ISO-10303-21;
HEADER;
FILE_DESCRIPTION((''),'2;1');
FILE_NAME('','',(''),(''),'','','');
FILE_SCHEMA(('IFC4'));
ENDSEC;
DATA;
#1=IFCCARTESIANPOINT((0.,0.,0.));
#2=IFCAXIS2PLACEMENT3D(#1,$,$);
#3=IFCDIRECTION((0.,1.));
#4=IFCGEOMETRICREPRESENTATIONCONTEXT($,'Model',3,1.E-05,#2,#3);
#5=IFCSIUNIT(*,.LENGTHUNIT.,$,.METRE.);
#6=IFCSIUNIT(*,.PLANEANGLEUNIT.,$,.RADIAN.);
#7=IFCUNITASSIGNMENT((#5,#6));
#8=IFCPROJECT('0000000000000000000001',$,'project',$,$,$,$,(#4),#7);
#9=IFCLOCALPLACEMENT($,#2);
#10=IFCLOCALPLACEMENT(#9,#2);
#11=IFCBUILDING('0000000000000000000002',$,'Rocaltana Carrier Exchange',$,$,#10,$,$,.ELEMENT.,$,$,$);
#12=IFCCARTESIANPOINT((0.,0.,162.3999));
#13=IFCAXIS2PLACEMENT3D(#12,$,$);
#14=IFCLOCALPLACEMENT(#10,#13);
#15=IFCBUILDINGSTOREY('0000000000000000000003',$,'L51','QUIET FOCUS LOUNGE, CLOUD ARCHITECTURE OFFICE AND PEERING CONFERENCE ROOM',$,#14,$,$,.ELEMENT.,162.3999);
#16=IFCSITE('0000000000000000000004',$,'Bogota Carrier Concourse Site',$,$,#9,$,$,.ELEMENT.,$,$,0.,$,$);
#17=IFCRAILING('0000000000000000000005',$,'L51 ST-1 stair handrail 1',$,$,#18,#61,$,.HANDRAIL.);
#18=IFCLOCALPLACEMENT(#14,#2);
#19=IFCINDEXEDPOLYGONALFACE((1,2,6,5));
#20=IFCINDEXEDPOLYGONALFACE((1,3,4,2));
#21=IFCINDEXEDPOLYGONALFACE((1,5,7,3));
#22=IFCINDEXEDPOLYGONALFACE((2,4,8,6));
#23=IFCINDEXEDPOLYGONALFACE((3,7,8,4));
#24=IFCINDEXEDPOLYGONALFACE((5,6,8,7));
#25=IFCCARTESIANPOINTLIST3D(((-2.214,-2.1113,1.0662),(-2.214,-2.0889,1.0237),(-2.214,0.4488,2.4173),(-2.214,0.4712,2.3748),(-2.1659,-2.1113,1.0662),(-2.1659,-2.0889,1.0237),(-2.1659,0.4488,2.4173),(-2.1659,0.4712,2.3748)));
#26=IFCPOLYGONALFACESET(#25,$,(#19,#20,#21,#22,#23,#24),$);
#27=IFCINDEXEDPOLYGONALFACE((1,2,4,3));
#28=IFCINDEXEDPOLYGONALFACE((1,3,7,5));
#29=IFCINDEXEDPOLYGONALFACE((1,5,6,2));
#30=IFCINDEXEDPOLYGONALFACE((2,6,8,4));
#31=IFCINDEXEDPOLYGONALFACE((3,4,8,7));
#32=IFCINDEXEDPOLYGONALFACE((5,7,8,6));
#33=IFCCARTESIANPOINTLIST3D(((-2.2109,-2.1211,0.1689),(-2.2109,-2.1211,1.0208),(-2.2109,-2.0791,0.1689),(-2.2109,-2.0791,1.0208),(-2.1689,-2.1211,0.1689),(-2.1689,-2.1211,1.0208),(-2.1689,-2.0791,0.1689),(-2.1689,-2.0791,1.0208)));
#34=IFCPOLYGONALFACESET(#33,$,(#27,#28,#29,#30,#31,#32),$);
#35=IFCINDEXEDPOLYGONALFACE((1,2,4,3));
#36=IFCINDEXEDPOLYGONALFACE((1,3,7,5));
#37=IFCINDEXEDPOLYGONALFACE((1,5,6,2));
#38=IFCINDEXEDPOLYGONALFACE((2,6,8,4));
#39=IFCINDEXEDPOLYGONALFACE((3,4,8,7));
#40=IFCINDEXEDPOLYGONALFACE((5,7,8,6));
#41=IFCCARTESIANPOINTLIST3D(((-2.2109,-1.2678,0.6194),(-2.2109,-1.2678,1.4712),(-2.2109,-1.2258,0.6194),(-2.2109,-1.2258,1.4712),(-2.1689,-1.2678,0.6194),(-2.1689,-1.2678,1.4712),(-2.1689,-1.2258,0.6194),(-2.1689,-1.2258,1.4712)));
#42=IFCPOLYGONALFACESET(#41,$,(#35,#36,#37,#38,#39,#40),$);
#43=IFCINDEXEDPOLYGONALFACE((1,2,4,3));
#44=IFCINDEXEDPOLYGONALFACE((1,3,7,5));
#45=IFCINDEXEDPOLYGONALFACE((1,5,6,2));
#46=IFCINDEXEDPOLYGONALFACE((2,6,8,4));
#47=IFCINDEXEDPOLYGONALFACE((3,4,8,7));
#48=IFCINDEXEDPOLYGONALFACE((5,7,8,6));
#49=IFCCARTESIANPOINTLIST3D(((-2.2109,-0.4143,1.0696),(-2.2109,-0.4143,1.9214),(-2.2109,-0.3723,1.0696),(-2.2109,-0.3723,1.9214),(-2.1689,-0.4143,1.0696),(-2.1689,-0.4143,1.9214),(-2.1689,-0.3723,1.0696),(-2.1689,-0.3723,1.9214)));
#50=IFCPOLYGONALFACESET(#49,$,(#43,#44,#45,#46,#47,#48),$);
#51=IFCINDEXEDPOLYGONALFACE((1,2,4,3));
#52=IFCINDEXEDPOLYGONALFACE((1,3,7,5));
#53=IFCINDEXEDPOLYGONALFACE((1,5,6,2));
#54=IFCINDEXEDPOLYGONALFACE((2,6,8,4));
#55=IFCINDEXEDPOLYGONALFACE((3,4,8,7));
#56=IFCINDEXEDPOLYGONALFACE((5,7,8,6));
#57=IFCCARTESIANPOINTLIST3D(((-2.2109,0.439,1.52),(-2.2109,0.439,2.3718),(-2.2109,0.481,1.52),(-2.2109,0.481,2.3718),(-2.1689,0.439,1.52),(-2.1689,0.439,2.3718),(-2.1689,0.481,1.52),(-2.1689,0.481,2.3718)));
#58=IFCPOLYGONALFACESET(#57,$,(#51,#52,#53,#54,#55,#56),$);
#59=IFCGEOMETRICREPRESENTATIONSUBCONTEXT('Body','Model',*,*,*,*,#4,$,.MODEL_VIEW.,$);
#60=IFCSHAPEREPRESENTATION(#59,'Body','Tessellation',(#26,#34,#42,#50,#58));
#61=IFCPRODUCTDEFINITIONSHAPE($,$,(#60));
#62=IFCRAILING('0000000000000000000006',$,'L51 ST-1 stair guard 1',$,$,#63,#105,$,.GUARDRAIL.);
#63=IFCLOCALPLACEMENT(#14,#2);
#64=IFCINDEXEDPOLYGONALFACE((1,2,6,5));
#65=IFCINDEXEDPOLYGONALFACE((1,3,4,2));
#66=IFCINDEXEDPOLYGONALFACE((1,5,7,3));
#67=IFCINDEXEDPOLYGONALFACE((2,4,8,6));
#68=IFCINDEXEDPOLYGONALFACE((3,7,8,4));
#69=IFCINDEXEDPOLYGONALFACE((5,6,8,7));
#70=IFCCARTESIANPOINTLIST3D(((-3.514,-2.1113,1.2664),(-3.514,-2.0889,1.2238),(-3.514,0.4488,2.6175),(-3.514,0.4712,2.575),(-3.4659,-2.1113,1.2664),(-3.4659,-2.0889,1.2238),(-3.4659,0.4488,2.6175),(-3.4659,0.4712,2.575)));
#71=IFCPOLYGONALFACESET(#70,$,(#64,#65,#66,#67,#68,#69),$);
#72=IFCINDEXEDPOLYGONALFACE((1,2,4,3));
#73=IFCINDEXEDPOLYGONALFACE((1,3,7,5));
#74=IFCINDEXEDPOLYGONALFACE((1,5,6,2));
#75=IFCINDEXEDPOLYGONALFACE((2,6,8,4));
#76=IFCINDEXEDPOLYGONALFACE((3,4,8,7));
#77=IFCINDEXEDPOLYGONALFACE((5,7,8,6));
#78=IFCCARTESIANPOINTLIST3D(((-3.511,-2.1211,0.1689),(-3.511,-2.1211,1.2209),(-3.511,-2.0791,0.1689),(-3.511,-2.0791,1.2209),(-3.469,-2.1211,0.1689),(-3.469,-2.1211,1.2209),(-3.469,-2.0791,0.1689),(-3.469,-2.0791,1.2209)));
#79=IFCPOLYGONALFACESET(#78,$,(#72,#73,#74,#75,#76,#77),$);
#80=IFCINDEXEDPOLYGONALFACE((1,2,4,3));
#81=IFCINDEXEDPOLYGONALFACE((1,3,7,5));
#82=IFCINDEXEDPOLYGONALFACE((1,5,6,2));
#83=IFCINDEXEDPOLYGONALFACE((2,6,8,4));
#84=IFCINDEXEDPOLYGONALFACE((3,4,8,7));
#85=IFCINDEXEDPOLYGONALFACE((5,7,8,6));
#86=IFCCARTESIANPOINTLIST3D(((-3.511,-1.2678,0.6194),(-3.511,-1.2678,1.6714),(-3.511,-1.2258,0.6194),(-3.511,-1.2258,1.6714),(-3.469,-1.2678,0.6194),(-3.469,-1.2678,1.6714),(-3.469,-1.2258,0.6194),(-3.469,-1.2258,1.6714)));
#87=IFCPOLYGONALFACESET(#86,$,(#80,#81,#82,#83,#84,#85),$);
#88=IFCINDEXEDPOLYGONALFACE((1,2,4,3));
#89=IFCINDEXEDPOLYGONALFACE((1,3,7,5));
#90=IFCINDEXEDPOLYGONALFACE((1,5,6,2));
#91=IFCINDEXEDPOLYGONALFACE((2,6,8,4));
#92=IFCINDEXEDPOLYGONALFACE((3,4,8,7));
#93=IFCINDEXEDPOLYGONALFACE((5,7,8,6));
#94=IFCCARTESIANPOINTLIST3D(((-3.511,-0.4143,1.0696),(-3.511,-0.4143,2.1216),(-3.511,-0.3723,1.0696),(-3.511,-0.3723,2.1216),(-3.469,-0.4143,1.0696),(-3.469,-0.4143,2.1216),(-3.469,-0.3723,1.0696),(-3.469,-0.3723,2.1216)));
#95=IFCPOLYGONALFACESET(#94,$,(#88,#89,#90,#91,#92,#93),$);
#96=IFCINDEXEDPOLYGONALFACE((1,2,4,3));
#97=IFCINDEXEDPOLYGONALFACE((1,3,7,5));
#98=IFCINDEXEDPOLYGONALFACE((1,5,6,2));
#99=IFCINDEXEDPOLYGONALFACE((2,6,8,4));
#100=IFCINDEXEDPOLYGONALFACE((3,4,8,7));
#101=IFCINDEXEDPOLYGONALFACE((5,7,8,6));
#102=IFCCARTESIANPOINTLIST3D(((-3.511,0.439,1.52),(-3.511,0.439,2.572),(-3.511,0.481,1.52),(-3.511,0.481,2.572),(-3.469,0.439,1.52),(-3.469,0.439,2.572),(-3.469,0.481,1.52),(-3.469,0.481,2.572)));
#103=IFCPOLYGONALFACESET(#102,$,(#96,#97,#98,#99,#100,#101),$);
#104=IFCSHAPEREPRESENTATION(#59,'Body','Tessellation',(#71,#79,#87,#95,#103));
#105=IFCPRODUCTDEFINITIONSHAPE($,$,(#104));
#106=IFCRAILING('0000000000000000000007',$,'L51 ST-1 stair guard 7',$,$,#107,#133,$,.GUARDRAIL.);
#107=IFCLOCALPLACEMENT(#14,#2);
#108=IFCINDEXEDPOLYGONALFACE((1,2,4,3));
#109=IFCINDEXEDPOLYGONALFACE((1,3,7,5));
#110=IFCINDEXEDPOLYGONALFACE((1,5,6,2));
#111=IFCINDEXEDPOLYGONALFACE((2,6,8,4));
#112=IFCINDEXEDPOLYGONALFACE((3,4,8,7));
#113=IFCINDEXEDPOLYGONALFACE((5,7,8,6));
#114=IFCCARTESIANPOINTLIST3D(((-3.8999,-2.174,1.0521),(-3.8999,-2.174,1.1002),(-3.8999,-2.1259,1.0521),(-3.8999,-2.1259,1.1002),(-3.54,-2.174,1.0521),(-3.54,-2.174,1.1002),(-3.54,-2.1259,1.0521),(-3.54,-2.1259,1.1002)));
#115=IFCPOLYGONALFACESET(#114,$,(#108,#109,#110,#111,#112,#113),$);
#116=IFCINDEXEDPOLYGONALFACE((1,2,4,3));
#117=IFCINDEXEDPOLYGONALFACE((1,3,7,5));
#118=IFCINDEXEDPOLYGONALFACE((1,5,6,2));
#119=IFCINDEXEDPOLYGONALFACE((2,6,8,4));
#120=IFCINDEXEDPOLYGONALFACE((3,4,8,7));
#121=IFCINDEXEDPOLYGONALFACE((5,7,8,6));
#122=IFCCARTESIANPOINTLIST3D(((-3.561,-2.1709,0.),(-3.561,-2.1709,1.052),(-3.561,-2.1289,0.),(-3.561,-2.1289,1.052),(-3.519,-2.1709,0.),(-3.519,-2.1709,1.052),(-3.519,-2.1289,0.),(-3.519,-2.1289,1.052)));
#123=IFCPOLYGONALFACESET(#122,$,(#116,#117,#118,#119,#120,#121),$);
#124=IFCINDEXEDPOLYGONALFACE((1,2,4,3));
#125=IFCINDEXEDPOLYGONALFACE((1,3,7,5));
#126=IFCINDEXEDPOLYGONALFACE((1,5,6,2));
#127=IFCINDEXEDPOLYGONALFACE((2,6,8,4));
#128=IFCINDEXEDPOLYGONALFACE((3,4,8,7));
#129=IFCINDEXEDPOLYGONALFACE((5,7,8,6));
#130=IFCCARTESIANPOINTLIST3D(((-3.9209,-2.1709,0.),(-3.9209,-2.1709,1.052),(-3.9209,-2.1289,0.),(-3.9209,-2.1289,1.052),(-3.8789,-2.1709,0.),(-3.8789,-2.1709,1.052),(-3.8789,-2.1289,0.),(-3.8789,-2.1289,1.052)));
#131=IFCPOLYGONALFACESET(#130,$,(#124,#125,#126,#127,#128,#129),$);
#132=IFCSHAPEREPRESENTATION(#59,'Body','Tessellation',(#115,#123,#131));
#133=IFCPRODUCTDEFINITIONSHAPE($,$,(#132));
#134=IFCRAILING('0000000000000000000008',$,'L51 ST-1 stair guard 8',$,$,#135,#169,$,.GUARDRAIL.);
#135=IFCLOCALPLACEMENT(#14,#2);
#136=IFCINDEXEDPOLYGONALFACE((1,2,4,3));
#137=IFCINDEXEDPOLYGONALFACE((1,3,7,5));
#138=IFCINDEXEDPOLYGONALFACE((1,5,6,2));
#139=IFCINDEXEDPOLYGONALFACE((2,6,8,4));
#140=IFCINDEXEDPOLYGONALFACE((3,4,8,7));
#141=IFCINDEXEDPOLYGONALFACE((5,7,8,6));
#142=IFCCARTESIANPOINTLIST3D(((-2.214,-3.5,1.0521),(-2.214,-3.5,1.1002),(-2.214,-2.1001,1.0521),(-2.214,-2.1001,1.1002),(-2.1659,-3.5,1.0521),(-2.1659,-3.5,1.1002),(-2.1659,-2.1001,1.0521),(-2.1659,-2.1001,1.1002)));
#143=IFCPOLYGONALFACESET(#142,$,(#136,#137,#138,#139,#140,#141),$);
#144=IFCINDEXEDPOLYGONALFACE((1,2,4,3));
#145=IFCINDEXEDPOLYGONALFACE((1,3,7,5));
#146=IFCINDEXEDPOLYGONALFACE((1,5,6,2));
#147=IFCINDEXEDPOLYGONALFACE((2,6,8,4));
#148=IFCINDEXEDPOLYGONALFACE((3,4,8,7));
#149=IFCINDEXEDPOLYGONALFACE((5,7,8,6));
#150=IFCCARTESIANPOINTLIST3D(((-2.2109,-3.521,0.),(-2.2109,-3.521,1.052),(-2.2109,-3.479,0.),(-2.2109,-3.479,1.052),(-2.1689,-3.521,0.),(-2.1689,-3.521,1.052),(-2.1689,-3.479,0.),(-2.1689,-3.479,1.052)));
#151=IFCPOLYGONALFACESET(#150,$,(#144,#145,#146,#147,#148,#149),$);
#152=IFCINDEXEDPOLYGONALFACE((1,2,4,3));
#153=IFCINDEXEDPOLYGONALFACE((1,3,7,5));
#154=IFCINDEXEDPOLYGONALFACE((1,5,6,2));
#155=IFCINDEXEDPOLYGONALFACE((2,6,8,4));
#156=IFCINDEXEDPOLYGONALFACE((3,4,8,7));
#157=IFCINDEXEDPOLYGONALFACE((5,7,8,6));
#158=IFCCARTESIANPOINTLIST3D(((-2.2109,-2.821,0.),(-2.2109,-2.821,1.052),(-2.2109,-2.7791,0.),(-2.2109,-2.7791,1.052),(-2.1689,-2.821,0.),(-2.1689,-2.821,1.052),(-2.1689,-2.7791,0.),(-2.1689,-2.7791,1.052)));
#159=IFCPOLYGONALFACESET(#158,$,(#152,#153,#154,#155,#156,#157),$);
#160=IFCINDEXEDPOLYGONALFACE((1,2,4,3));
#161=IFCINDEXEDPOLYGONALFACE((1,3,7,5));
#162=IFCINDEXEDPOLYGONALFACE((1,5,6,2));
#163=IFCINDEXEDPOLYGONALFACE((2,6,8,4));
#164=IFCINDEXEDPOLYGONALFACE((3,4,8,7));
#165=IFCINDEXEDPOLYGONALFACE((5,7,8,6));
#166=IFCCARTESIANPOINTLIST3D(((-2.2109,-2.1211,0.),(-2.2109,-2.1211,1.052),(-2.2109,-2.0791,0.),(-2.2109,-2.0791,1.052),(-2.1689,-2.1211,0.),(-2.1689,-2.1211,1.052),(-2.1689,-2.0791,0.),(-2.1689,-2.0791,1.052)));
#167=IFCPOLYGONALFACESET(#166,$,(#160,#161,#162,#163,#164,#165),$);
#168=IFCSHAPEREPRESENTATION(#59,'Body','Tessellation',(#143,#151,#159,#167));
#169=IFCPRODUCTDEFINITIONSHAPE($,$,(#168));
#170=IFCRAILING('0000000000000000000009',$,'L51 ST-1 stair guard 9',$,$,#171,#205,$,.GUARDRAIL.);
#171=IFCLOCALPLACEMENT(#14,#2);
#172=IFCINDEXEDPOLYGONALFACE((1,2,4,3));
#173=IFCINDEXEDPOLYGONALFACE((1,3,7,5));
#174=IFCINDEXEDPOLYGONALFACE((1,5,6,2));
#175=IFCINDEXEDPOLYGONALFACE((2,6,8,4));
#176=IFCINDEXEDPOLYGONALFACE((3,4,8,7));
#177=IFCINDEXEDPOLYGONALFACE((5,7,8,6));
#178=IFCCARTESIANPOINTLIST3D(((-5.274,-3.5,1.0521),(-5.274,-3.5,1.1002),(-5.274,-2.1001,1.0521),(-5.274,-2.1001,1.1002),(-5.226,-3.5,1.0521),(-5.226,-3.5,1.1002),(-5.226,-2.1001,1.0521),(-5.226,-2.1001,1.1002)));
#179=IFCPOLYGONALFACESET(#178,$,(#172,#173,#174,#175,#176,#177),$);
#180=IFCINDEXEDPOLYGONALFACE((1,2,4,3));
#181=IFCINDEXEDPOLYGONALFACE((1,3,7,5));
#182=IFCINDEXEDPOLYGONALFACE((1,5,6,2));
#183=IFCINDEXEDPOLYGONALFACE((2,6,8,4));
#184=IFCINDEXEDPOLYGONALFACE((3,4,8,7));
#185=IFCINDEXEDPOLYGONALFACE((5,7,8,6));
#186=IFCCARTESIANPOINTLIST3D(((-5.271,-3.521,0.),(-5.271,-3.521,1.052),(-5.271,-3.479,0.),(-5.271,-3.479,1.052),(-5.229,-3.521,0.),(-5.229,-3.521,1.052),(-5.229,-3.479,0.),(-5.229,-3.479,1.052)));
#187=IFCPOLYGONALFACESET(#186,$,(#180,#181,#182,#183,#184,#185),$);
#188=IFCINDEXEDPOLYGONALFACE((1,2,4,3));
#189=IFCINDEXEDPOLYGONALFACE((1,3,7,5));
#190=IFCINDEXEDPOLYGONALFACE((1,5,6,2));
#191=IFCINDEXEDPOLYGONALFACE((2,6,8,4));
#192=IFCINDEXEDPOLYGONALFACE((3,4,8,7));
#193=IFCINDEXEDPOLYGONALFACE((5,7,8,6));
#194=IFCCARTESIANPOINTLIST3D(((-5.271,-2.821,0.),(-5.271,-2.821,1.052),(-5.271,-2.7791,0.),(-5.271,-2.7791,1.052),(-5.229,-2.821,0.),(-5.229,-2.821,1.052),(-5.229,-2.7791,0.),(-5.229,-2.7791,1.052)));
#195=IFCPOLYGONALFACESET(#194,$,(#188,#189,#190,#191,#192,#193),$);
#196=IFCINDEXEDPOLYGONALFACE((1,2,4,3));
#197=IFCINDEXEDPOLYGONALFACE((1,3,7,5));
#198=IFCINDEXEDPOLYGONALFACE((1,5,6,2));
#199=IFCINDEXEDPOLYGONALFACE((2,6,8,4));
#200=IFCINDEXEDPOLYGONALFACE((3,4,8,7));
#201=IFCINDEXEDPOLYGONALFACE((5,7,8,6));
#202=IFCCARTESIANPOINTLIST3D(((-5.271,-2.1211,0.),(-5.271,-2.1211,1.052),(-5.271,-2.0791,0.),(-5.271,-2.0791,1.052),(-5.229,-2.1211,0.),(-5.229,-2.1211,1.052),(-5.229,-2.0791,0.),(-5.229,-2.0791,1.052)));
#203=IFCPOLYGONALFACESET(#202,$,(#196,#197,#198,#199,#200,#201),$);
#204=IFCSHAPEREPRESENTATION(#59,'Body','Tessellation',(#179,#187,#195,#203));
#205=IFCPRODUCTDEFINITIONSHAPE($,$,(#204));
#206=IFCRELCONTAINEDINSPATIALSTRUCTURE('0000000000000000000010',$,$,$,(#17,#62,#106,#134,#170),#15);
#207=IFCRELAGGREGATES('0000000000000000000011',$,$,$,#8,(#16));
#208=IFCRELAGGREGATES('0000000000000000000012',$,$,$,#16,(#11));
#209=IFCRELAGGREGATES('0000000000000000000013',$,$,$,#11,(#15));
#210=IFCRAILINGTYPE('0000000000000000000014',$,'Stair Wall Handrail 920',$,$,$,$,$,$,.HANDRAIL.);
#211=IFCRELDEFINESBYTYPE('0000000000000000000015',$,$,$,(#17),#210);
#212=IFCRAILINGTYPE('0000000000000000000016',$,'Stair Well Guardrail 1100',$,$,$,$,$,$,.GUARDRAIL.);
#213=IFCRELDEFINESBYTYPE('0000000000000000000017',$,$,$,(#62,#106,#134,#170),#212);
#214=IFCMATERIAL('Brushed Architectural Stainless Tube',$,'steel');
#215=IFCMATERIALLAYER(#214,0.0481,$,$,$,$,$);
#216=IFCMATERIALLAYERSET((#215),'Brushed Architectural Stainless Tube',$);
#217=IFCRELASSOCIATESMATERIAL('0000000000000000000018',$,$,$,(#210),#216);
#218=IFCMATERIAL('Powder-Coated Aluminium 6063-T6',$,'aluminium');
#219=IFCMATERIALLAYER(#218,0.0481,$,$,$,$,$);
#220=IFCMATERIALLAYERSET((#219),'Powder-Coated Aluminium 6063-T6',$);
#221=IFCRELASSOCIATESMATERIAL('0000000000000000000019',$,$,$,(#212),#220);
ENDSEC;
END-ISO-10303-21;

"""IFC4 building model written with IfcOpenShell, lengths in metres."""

from ifc_helpers import new_model, si_unit, direction, frame, origin, origin_2d, place, context, subcontext, project, spatial, rectangle, extrude, material, layer, layer_set, type_object, element, save


model = new_model("IFC4")

# Units and contexts
model_context = context("Model", 3, precision=1e-05, world=origin(), true_north=direction((0.0, 1.0)))
body_context = subcontext(model_context, "Body", "Model", "MODEL_VIEW")
ifc_project = project(units=[si_unit("LENGTHUNIT", "METRE"), si_unit("PLANEANGLEUNIT", "RADIAN")], contexts=[model_context])

# Site, building, storey
site_placement = place(None, origin())
site = spatial("IfcSite", under=ifc_project, at=site_placement, Name="Bogota Carrier Concourse Site", CompositionType="ELEMENT", RefElevation=0.0)
building_placement = place(site_placement, origin())
building = spatial("IfcBuilding", under=site, at=building_placement, Name="Rocaltana Carrier Exchange", CompositionType="ELEMENT")
storey_placement = place(building_placement, frame((0.0, 0.0, 162.3999)))
storey = spatial("IfcBuildingStorey", under=building, at=storey_placement, Name="L51", Description="QUIET FOCUS LOUNGE, CLOUD ARCHITECTURE OFFICE AND PEERING CONFERENCE ROOM", CompositionType="ELEMENT", Elevation=162.3999)

# Railings
ifc_material_1 = material(Name="Brushed Architectural Stainless Tube", Category="steel")
ifc_layer_1 = layer(ifc_material_1, 0.0481)
ifc_layer_set_1 = layer_set([ifc_layer_1], Name="Brushed Architectural Stainless Tube")
railing_type_1 = type_object("IfcRailingType", Name="Stair Wall Handrail 920", PredefinedType="HANDRAIL", material=ifc_layer_set_1)
railing_1_placement = place(storey_placement, frame((-2.1899, -2.1001, 0.1689)))
element("IfcRailing", 1, at=railing_1_placement, inside=storey, type_object=railing_type_1, Name="L51 ST-1 stair handrail 1", PredefinedType="HANDRAIL", context=body_context, shape_type="SweptSolid", body=[
    extrude(rectangle(XDim=0.0481, YDim=0.0481, at=origin_2d()), frame((0.0, 0.0, 0.876), z_axis=(0.0, 0.884394, 0.46674), x_axis=(-1.0, 0.0, 0.0)), (0.0, 0.0, 1.0), 2.8948),
    extrude(rectangle(XDim=0.042, YDim=0.042, at=origin_2d()), origin(), (0.0, 0.0, 1.0), 0.8518),
    extrude(rectangle(XDim=0.042, YDim=0.042, at=origin_2d()), frame((0.0, 0.8533, 0.4504)), (0.0, 0.0, 1.0), 0.8518),
    extrude(rectangle(XDim=0.042, YDim=0.042, at=origin_2d()), frame((0.0, 1.7068, 0.9006)), (0.0, 0.0, 1.0), 0.8518),
    extrude(rectangle(XDim=0.042, YDim=0.042, at=origin_2d()), frame((0.0, 2.5601, 1.3511)), (0.0, 0.0, 1.0), 0.8518),
])
ifc_material_2 = material(Name="Powder-Coated Aluminium 6063-T6", Category="aluminium")
ifc_layer_2 = layer(ifc_material_2, 0.0481)
ifc_layer_set_2 = layer_set([ifc_layer_2], Name="Powder-Coated Aluminium 6063-T6")
railing_type_2 = type_object("IfcRailingType", Name="Stair Well Guardrail 1100", PredefinedType="GUARDRAIL", material=ifc_layer_set_2)
railing_2_placement = place(storey_placement, frame((-3.49, -2.1001, 0.1689)))
element("IfcRailing", 2, at=railing_2_placement, inside=storey, type_object=railing_type_2, Name="L51 ST-1 stair guard 1", PredefinedType="GUARDRAIL", context=body_context, shape_type="SweptSolid", body=[
    extrude(rectangle(XDim=0.0481, YDim=0.0481, at=origin_2d()), frame((0.0, 0.0, 1.0762), z_axis=(0.0, 0.884394, 0.46674), x_axis=(-1.0, 0.0, 0.0)), (0.0, 0.0, 1.0), 2.8948),
    extrude(rectangle(XDim=0.042, YDim=0.042, at=origin_2d()), origin(), (0.0, 0.0, 1.0), 1.052),
    extrude(rectangle(XDim=0.042, YDim=0.042, at=origin_2d()), frame((0.0, 0.8533, 0.4504)), (0.0, 0.0, 1.0), 1.052),
    extrude(rectangle(XDim=0.042, YDim=0.042, at=origin_2d()), frame((0.0, 1.7068, 0.9006)), (0.0, 0.0, 1.0), 1.052),
    extrude(rectangle(XDim=0.042, YDim=0.042, at=origin_2d()), frame((0.0, 2.5601, 1.3511)), (0.0, 0.0, 1.0), 1.052),
])
railing_3_placement = place(storey_placement, frame((-3.54, -2.1499, 0.0)))
element("IfcRailing", 3, at=railing_3_placement, inside=storey, type_object=railing_type_2, Name="L51 ST-1 stair guard 7", PredefinedType="GUARDRAIL", context=body_context, shape_type="SweptSolid", body=[
    extrude(rectangle(XDim=0.0481, YDim=0.0481, at=origin_2d()), frame((0.0, 0.0, 1.0762), z_axis=(-1.0, 0.0, 0.0), x_axis=(0.0, -1.0, 0.0)), (0.0, 0.0, 1.0), 0.3599),
    extrude(rectangle(XDim=0.042, YDim=0.042, at=origin_2d()), origin(), (0.0, 0.0, 1.0), 1.052),
    extrude(rectangle(XDim=0.042, YDim=0.042, at=origin_2d()), frame((-0.3599, 0.0, 0.0)), (0.0, 0.0, 1.0), 1.052),
])
for number, where, name in (
    (4, (-2.1899, -3.5, 0.0), "L51 ST-1 stair guard 8"),
    (5, (-5.25, -3.5, 0.0), "L51 ST-1 stair guard 9"),
):
    element("IfcRailing", number, at=place(storey_placement, frame(where)), inside=storey, type_object=railing_type_2, Name=name, PredefinedType="GUARDRAIL", context=body_context, shape_type="SweptSolid", body=[
        extrude(rectangle(XDim=0.0481, YDim=0.0481, at=origin_2d()), frame((0.0, 0.0, 1.0762), z_axis=(0.0, 1.0, 0.0), x_axis=(-1.0, 0.0, 0.0)), (0.0, 0.0, 1.0), 1.3999),
        extrude(rectangle(XDim=0.042, YDim=0.042, at=origin_2d()), origin(), (0.0, 0.0, 1.0), 1.052),
        extrude(rectangle(XDim=0.042, YDim=0.042, at=origin_2d()), frame((0.0, 0.7, 0.0)), (0.0, 0.0, 1.0), 1.052),
        extrude(rectangle(XDim=0.042, YDim=0.042, at=origin_2d()), frame((0.0, 1.3999, 0.0)), (0.0, 0.0, 1.0), 1.052),
    ])

save(model, "model.ifc")
